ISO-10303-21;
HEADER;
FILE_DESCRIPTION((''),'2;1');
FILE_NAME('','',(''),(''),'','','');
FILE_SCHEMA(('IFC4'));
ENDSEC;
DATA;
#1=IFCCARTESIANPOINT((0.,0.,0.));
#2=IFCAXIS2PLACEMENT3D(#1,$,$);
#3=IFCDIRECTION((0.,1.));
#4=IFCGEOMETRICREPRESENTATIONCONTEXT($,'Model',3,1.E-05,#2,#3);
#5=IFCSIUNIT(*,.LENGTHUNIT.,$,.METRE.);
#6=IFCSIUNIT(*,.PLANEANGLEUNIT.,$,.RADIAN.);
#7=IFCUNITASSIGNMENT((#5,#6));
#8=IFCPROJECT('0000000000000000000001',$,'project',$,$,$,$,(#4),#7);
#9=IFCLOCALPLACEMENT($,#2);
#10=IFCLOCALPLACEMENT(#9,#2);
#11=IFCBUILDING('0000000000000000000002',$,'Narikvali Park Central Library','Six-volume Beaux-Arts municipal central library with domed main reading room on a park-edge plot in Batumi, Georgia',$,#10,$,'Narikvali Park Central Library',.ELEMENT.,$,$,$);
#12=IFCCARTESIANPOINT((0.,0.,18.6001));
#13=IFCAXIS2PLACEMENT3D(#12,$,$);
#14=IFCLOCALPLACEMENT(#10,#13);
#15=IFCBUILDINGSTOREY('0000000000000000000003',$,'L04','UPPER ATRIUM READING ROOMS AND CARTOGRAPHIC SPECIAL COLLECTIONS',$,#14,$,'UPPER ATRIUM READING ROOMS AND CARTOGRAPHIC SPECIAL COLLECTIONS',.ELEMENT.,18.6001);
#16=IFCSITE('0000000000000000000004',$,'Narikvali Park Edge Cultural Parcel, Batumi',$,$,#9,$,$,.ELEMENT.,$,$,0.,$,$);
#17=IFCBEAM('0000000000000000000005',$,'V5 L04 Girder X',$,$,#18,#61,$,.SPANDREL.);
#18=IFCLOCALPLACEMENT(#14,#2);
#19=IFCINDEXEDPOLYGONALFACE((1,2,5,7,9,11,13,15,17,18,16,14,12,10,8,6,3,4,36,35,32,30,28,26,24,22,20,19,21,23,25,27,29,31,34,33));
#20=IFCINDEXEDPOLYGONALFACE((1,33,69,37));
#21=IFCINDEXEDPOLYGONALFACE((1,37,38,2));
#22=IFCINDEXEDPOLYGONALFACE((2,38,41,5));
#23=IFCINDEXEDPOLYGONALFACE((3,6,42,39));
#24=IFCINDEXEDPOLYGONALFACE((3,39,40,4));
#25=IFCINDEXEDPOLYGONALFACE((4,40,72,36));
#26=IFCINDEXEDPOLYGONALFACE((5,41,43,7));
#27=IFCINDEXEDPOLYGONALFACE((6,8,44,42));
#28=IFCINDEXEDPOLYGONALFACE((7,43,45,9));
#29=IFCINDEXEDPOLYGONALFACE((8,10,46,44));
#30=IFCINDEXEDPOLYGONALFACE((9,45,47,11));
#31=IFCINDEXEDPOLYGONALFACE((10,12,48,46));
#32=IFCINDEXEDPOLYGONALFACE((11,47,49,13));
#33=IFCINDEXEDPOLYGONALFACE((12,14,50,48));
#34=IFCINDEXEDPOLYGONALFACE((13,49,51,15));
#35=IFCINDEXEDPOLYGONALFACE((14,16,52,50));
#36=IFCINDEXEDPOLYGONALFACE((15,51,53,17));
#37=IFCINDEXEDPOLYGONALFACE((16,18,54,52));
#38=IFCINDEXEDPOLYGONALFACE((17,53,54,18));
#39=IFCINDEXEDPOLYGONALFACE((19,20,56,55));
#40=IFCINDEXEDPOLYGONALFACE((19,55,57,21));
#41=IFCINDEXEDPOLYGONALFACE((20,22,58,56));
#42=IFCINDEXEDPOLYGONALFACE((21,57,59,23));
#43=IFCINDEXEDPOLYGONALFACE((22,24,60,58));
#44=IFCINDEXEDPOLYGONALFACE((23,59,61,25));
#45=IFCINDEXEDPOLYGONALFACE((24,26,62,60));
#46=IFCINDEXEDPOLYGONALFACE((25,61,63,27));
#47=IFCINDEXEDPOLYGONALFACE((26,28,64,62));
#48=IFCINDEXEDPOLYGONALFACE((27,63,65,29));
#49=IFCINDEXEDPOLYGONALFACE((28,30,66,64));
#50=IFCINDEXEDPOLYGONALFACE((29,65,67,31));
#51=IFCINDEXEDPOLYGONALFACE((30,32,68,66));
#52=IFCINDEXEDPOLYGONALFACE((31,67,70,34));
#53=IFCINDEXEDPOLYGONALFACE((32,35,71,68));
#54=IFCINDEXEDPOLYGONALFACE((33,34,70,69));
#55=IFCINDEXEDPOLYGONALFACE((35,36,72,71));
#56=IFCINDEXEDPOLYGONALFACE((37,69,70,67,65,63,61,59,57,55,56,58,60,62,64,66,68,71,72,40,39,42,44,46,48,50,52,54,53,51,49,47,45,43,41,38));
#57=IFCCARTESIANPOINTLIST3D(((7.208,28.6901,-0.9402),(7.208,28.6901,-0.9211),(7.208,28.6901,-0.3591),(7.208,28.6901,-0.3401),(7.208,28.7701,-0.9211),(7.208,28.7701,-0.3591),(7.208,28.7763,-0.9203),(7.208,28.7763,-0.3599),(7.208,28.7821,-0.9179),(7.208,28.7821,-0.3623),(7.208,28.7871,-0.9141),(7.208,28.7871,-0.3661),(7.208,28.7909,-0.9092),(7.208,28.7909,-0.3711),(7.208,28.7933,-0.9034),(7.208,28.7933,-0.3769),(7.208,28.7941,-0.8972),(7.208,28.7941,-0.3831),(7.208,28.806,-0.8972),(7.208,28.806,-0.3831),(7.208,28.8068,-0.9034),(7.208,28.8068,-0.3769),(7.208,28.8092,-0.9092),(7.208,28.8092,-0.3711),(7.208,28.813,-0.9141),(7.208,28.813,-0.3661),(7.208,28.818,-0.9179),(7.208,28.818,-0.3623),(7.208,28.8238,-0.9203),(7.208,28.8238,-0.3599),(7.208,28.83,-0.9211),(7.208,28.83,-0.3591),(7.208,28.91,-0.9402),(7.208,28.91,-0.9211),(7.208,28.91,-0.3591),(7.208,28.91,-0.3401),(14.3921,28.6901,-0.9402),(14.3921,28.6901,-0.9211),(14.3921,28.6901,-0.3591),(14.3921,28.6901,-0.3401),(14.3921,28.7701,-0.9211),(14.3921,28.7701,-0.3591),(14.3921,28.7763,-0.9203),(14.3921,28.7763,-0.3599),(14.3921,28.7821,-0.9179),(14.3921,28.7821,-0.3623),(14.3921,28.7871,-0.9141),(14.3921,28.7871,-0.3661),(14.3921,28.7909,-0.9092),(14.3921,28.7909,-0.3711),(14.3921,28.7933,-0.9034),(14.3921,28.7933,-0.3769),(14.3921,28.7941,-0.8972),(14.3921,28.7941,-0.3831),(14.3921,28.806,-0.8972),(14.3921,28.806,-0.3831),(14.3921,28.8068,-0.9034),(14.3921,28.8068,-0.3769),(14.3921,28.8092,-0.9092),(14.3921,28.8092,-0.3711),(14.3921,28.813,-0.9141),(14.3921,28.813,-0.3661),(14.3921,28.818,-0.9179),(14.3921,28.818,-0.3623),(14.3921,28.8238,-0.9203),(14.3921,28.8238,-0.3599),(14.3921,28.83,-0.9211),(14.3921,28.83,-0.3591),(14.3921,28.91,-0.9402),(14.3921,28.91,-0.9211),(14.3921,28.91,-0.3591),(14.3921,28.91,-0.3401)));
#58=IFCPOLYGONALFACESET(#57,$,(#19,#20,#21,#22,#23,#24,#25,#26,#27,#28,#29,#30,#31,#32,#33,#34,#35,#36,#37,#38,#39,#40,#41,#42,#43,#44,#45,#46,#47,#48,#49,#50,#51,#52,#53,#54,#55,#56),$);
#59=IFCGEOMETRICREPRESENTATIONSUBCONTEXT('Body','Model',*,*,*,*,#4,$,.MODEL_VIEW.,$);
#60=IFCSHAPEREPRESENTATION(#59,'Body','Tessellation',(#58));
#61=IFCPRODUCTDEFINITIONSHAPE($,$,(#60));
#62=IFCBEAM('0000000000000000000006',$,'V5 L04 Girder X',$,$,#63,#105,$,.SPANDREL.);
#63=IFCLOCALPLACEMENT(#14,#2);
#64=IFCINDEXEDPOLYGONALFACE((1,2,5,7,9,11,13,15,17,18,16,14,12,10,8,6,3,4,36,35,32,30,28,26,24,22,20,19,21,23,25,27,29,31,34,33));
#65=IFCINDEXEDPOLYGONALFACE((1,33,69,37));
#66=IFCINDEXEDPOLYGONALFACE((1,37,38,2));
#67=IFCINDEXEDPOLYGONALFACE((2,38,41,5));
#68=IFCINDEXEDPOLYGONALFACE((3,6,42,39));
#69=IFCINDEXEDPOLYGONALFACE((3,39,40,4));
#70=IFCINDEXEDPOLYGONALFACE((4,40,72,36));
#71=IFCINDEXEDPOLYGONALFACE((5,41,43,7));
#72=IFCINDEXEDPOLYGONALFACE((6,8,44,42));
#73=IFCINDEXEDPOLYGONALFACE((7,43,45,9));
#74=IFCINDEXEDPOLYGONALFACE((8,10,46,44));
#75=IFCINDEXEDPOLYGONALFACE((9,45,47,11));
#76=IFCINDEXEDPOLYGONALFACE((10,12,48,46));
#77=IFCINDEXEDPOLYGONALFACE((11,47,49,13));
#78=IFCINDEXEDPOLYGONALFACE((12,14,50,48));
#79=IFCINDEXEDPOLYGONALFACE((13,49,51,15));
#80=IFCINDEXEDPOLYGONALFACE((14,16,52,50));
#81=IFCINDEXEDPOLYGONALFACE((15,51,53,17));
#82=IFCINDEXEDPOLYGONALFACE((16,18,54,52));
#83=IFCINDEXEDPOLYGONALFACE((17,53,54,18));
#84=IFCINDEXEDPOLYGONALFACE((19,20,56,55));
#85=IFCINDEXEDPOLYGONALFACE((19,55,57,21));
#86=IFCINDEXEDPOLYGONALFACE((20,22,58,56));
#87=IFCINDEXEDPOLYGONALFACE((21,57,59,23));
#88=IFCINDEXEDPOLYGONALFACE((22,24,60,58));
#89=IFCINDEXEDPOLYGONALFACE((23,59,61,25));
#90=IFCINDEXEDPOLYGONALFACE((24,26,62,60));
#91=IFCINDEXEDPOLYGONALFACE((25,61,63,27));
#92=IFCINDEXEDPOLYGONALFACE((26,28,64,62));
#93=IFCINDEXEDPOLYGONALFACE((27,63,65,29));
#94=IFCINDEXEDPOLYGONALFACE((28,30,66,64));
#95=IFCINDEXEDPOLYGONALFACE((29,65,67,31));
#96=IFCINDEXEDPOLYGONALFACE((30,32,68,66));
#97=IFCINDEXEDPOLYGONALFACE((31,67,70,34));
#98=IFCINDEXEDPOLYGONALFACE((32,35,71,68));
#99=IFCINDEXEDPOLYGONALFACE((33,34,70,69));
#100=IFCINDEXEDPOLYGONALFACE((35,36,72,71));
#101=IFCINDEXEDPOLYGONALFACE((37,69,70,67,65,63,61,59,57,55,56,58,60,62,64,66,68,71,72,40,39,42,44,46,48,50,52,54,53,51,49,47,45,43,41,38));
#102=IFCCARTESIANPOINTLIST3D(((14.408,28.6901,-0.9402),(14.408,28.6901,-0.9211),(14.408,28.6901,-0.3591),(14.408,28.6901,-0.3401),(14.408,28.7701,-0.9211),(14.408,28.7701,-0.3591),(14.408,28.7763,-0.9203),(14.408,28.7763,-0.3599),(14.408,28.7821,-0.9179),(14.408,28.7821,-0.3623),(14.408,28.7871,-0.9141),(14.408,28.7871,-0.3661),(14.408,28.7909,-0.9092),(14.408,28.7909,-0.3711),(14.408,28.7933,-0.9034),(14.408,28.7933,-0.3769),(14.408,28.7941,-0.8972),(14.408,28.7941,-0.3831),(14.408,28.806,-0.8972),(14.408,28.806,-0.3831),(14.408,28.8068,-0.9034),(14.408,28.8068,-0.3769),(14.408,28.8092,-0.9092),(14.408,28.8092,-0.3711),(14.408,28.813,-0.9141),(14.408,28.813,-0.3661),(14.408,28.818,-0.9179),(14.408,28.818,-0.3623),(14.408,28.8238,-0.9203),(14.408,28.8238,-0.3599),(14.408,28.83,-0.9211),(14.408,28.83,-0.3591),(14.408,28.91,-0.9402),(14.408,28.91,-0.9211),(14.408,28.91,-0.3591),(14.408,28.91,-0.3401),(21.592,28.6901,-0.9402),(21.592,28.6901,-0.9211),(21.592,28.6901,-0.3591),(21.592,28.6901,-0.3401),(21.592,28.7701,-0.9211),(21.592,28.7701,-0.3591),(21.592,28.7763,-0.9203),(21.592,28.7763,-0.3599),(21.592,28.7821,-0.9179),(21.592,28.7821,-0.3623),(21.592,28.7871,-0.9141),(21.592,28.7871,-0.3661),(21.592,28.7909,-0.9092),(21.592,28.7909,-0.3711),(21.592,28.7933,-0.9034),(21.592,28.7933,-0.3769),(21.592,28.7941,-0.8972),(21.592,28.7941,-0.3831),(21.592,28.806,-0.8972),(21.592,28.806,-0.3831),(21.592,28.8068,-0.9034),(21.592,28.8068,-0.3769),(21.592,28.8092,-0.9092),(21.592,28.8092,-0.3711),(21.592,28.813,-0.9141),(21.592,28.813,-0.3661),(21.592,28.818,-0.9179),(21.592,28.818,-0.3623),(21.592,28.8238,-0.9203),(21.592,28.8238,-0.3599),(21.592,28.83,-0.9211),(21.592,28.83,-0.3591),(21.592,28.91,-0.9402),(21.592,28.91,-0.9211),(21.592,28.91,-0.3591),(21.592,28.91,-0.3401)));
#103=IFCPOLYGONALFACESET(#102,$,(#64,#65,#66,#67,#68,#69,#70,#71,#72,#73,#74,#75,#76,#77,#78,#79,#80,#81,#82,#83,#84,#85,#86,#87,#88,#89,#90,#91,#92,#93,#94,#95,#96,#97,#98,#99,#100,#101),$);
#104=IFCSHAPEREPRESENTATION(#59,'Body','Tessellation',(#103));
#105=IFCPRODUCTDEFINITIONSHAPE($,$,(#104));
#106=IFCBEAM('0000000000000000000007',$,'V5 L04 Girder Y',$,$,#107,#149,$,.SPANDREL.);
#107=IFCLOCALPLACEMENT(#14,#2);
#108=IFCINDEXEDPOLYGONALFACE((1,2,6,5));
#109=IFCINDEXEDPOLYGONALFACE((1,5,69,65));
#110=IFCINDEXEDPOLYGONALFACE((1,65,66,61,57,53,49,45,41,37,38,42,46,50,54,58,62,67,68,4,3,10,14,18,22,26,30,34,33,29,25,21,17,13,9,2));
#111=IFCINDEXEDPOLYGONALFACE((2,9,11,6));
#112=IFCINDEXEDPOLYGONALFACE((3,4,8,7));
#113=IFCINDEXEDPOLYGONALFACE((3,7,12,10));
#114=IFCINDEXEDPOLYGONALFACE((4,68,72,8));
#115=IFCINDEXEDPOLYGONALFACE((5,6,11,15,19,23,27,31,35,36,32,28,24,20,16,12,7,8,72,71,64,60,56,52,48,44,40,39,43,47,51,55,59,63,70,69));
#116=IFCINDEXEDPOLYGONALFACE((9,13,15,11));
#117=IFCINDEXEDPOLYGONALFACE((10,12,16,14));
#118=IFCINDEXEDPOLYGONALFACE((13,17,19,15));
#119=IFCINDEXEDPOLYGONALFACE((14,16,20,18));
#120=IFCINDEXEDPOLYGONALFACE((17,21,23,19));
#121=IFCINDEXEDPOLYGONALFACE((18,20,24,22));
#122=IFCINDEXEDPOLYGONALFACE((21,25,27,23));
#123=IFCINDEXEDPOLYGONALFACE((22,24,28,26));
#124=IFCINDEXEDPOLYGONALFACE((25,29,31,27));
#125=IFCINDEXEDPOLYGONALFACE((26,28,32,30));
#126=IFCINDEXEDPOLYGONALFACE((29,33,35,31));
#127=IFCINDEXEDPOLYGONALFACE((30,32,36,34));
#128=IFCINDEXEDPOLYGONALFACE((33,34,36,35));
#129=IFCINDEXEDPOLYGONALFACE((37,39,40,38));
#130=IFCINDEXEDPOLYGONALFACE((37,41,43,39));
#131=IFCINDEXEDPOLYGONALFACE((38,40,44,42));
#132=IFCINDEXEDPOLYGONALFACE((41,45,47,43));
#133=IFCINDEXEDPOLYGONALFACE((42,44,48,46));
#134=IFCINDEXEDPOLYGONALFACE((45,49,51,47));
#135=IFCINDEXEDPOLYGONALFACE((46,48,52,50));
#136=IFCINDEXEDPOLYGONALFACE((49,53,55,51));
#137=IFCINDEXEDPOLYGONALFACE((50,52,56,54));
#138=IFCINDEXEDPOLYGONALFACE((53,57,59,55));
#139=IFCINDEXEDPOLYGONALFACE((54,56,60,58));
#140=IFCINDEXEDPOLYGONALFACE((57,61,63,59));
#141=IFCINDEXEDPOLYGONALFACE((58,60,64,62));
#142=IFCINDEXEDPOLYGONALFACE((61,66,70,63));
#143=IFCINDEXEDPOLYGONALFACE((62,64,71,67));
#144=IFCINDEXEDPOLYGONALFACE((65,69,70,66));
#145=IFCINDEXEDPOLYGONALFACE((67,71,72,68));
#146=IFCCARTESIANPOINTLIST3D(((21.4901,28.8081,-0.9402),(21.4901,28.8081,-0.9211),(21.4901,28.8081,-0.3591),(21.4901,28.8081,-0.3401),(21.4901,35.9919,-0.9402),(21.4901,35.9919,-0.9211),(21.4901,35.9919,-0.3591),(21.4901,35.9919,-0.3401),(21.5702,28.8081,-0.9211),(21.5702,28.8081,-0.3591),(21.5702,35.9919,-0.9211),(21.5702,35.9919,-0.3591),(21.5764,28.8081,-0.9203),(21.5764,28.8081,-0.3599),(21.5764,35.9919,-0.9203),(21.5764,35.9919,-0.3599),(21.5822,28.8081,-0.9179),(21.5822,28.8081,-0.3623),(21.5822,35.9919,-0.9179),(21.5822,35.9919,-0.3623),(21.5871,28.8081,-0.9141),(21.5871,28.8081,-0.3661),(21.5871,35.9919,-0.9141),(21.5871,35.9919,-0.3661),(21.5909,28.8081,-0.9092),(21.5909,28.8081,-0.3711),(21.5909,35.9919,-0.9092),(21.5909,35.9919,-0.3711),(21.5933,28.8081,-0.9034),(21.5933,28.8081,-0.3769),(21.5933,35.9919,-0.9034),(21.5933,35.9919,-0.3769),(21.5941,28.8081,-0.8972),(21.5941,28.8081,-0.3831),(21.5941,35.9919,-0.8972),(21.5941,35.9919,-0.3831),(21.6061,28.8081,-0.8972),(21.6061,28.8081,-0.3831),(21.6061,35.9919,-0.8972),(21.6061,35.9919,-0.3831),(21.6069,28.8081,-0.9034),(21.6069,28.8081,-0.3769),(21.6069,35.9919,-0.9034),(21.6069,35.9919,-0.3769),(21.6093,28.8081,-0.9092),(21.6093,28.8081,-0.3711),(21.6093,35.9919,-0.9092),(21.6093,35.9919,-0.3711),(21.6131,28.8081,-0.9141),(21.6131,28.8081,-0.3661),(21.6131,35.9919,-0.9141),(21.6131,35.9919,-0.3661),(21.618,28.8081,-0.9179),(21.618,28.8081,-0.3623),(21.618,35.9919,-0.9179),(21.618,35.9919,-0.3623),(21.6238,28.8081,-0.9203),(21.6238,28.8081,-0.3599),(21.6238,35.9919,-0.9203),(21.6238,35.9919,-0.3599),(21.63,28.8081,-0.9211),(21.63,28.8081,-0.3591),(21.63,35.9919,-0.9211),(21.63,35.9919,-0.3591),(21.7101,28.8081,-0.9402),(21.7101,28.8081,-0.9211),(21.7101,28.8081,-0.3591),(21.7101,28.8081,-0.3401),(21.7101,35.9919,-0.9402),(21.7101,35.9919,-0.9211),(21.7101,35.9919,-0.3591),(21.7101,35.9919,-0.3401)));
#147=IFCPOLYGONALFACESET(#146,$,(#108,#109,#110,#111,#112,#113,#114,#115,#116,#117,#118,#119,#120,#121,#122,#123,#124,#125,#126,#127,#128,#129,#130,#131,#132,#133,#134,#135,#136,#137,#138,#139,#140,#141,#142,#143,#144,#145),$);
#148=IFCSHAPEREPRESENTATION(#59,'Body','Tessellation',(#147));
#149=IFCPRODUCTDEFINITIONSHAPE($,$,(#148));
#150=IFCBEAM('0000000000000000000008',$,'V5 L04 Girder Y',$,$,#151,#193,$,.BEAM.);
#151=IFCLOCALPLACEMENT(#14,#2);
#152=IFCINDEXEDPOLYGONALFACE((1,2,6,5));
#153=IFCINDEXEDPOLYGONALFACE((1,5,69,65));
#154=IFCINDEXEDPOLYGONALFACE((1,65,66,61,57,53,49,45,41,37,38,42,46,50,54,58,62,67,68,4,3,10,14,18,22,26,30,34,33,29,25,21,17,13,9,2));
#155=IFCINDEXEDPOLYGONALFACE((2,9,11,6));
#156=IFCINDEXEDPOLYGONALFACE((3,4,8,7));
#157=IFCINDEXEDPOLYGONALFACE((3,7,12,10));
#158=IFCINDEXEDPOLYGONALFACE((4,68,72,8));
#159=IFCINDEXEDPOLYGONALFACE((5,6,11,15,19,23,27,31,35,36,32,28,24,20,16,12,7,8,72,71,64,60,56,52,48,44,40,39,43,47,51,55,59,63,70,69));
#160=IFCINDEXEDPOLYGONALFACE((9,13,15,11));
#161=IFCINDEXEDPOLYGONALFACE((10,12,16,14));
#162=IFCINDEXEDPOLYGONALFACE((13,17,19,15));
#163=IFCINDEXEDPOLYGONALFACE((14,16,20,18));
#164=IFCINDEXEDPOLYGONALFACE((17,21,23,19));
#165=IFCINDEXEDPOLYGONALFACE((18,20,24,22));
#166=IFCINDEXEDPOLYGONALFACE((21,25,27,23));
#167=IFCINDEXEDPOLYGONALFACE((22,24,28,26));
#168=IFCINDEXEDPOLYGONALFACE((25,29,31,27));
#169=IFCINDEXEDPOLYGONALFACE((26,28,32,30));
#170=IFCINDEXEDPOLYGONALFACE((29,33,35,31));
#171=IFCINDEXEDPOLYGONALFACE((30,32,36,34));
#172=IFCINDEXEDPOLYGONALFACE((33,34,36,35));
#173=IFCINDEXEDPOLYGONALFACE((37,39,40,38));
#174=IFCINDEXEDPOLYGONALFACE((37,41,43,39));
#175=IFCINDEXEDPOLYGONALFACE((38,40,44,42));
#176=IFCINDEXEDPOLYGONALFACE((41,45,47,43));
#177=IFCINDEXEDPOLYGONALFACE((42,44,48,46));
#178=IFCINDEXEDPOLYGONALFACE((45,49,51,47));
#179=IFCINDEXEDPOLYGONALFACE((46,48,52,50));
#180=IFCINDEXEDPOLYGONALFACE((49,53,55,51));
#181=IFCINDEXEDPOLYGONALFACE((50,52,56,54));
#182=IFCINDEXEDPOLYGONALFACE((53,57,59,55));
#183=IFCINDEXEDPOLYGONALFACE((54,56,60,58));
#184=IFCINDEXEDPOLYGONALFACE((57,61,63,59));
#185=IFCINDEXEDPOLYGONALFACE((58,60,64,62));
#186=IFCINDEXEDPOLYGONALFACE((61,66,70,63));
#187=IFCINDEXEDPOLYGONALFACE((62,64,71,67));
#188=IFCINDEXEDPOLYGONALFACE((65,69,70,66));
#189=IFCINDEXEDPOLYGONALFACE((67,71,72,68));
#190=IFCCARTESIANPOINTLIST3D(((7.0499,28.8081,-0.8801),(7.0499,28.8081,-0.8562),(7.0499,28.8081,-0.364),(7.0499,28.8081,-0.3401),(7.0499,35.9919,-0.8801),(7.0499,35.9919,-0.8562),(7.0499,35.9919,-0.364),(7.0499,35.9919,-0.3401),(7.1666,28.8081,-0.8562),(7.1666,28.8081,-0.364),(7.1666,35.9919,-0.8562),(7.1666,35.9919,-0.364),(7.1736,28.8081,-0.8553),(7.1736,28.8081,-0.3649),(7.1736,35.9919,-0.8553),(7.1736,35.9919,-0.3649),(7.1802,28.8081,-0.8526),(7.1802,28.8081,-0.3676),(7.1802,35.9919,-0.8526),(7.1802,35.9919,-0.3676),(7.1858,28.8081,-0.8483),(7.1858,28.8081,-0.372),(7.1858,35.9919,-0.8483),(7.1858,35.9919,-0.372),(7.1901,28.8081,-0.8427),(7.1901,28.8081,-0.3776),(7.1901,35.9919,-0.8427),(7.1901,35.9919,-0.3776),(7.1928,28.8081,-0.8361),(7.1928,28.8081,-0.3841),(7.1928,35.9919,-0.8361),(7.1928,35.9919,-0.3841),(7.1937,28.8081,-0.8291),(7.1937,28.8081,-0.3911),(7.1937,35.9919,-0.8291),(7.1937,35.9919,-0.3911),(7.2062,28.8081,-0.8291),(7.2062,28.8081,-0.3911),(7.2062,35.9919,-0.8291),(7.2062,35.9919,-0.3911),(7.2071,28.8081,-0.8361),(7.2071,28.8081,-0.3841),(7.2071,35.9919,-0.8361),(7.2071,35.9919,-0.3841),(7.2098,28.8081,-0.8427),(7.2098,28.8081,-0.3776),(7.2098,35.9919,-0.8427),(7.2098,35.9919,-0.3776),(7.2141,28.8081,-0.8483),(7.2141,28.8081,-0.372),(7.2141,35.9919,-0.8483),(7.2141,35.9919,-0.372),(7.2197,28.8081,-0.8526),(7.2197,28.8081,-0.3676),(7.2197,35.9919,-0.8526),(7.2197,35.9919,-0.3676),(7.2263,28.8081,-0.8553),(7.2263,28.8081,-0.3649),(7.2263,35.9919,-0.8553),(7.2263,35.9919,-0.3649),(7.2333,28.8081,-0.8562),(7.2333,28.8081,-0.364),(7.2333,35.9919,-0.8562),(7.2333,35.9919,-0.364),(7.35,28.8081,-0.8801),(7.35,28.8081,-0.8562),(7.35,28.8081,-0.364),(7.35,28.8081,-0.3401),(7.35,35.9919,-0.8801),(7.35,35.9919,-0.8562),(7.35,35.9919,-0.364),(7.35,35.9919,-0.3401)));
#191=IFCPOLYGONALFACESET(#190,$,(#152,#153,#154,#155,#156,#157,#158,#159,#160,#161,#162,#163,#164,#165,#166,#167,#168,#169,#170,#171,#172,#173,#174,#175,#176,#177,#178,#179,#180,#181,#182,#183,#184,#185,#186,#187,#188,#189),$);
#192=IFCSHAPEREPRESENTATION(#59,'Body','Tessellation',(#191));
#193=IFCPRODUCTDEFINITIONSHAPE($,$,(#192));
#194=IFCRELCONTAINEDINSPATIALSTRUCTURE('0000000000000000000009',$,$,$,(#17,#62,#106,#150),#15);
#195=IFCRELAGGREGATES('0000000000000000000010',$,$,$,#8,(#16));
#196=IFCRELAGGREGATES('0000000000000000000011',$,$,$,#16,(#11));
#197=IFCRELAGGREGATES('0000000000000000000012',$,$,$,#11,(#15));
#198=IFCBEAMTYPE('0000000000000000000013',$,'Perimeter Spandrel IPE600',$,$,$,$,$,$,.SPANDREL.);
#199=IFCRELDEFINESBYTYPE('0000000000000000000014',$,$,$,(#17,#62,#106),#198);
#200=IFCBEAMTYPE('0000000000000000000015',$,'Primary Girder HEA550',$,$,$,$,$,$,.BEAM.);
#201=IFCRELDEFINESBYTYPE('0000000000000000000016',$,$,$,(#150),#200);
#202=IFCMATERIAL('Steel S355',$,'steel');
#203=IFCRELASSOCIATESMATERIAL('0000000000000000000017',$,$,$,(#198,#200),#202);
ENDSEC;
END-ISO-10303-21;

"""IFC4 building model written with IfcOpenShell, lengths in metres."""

from ifc_helpers import new_model, si_unit, direction, frame, origin, origin_2d, place, context, subcontext, project, spatial, i_section, extrude, material, material_profile, profile_set, type_object, element, save


model = new_model("IFC4")

# Units and contexts
model_context = context("Model", 3, precision=1e-05, world=origin(), true_north=direction((0.0, 1.0)))
body_context = subcontext(model_context, "Body", "Model", "MODEL_VIEW")
ifc_project = project(units=[si_unit("LENGTHUNIT", "METRE"), si_unit("PLANEANGLEUNIT", "RADIAN")], contexts=[model_context])

# Site, building, storey
site_placement = place(None, origin())
site = spatial("IfcSite", under=ifc_project, at=site_placement, Name="Narikvali Park Edge Cultural Parcel, Batumi", CompositionType="ELEMENT", RefElevation=0.0)
building_placement = place(site_placement, origin())
building = spatial("IfcBuilding", under=site, at=building_placement, Name="Narikvali Park Central Library", Description="Six-volume Beaux-Arts municipal central library with domed main reading room on a park-edge plot in Batumi, Georgia", LongName="Narikvali Park Central Library", CompositionType="ELEMENT")
storey_placement = place(building_placement, frame((0.0, 0.0, 18.6001)))
storey = spatial("IfcBuildingStorey", under=building, at=storey_placement, Name="L04", Description="UPPER ATRIUM READING ROOMS AND CARTOGRAPHIC SPECIAL COLLECTIONS", LongName="UPPER ATRIUM READING ROOMS AND CARTOGRAPHIC SPECIAL COLLECTIONS", CompositionType="ELEMENT", Elevation=18.6001)

# Beams
ifc_material_1 = material(Name="Steel S355", Category="steel")
ifc_material_profile_1 = material_profile(ifc_material_1, i_section(OverallWidth=0.22, OverallDepth=0.6001, WebThickness=0.012, FlangeThickness=0.019, FilletRadius=0.0239, at=origin_2d()), Name="IPE 600")
ifc_profile_set_1 = profile_set([ifc_material_profile_1], Name="Steel S355")
beam_type_1 = type_object("IfcBeamType", Name="Perimeter Spandrel IPE600", PredefinedType="SPANDREL", material=ifc_profile_set_1)
for number, where, z_axis, x_axis, name in (
    (1, (7.208, 28.8, -0.6401), (1.0, 0.0, 0.0), (0.0, 1.0, 0.0), "V5 L04 Girder X"),
    (2, (14.408, 28.8, -0.6401), (1.0, 0.0, 0.0), (0.0, 1.0, 0.0), "V5 L04 Girder X"),
):
    element("IfcBeam", number, at=place(storey_placement, frame(where, z_axis=z_axis, x_axis=x_axis)), inside=storey, type_object=beam_type_1, Name=name, PredefinedType="SPANDREL", context=body_context, shape_type="SweptSolid", body=[
        extrude(i_section(OverallWidth=0.22, OverallDepth=0.6001, WebThickness=0.012, FlangeThickness=0.019, FilletRadius=0.0239, at=origin_2d()), origin(), (0.0, 0.0, 1.0), 7.1841),
    ])
beam_1_placement = place(storey_placement, frame((21.6001, 28.8081, -0.6401), z_axis=(0.0, 1.0, 0.0), x_axis=(-1.0, 0.0, 0.0)))
element("IfcBeam", 3, at=beam_1_placement, inside=storey, type_object=beam_type_1, Name="V5 L04 Girder Y", PredefinedType="SPANDREL", context=body_context, shape_type="SweptSolid", body=[
    extrude(i_section(OverallWidth=0.22, OverallDepth=0.6001, WebThickness=0.012, FlangeThickness=0.019, FilletRadius=0.0239, at=origin_2d()), origin(), (0.0, 0.0, 1.0), 7.1838),
])
ifc_material_profile_2 = material_profile(ifc_material_1, i_section(OverallWidth=0.3, OverallDepth=0.54, WebThickness=0.0125, FlangeThickness=0.0239, FilletRadius=0.0271, at=origin_2d()), Name="HEA 550")
ifc_profile_set_2 = profile_set([ifc_material_profile_2], Name="Steel S355")
beam_type_2 = type_object("IfcBeamType", Name="Primary Girder HEA550", PredefinedType="BEAM", material=ifc_profile_set_2)
for number, where, z_axis, x_axis, name in (
    (4, (7.2, 28.8081, -0.6101), (0.0, 1.0, 0.0), (-1.0, 0.0, 0.0), "V5 L04 Girder Y"),
):
    element("IfcBeam", number, at=place(storey_placement, frame(where, z_axis=z_axis, x_axis=x_axis)), inside=storey, type_object=beam_type_2, Name=name, PredefinedType="BEAM", context=body_context, shape_type="SweptSolid", body=[
        extrude(i_section(OverallWidth=0.3, OverallDepth=0.54, WebThickness=0.0125, FlangeThickness=0.0239, FilletRadius=0.0271, at=origin_2d()), origin(), (0.0, 0.0, 1.0), 7.1838),
    ])

save(model, "model.ifc")
